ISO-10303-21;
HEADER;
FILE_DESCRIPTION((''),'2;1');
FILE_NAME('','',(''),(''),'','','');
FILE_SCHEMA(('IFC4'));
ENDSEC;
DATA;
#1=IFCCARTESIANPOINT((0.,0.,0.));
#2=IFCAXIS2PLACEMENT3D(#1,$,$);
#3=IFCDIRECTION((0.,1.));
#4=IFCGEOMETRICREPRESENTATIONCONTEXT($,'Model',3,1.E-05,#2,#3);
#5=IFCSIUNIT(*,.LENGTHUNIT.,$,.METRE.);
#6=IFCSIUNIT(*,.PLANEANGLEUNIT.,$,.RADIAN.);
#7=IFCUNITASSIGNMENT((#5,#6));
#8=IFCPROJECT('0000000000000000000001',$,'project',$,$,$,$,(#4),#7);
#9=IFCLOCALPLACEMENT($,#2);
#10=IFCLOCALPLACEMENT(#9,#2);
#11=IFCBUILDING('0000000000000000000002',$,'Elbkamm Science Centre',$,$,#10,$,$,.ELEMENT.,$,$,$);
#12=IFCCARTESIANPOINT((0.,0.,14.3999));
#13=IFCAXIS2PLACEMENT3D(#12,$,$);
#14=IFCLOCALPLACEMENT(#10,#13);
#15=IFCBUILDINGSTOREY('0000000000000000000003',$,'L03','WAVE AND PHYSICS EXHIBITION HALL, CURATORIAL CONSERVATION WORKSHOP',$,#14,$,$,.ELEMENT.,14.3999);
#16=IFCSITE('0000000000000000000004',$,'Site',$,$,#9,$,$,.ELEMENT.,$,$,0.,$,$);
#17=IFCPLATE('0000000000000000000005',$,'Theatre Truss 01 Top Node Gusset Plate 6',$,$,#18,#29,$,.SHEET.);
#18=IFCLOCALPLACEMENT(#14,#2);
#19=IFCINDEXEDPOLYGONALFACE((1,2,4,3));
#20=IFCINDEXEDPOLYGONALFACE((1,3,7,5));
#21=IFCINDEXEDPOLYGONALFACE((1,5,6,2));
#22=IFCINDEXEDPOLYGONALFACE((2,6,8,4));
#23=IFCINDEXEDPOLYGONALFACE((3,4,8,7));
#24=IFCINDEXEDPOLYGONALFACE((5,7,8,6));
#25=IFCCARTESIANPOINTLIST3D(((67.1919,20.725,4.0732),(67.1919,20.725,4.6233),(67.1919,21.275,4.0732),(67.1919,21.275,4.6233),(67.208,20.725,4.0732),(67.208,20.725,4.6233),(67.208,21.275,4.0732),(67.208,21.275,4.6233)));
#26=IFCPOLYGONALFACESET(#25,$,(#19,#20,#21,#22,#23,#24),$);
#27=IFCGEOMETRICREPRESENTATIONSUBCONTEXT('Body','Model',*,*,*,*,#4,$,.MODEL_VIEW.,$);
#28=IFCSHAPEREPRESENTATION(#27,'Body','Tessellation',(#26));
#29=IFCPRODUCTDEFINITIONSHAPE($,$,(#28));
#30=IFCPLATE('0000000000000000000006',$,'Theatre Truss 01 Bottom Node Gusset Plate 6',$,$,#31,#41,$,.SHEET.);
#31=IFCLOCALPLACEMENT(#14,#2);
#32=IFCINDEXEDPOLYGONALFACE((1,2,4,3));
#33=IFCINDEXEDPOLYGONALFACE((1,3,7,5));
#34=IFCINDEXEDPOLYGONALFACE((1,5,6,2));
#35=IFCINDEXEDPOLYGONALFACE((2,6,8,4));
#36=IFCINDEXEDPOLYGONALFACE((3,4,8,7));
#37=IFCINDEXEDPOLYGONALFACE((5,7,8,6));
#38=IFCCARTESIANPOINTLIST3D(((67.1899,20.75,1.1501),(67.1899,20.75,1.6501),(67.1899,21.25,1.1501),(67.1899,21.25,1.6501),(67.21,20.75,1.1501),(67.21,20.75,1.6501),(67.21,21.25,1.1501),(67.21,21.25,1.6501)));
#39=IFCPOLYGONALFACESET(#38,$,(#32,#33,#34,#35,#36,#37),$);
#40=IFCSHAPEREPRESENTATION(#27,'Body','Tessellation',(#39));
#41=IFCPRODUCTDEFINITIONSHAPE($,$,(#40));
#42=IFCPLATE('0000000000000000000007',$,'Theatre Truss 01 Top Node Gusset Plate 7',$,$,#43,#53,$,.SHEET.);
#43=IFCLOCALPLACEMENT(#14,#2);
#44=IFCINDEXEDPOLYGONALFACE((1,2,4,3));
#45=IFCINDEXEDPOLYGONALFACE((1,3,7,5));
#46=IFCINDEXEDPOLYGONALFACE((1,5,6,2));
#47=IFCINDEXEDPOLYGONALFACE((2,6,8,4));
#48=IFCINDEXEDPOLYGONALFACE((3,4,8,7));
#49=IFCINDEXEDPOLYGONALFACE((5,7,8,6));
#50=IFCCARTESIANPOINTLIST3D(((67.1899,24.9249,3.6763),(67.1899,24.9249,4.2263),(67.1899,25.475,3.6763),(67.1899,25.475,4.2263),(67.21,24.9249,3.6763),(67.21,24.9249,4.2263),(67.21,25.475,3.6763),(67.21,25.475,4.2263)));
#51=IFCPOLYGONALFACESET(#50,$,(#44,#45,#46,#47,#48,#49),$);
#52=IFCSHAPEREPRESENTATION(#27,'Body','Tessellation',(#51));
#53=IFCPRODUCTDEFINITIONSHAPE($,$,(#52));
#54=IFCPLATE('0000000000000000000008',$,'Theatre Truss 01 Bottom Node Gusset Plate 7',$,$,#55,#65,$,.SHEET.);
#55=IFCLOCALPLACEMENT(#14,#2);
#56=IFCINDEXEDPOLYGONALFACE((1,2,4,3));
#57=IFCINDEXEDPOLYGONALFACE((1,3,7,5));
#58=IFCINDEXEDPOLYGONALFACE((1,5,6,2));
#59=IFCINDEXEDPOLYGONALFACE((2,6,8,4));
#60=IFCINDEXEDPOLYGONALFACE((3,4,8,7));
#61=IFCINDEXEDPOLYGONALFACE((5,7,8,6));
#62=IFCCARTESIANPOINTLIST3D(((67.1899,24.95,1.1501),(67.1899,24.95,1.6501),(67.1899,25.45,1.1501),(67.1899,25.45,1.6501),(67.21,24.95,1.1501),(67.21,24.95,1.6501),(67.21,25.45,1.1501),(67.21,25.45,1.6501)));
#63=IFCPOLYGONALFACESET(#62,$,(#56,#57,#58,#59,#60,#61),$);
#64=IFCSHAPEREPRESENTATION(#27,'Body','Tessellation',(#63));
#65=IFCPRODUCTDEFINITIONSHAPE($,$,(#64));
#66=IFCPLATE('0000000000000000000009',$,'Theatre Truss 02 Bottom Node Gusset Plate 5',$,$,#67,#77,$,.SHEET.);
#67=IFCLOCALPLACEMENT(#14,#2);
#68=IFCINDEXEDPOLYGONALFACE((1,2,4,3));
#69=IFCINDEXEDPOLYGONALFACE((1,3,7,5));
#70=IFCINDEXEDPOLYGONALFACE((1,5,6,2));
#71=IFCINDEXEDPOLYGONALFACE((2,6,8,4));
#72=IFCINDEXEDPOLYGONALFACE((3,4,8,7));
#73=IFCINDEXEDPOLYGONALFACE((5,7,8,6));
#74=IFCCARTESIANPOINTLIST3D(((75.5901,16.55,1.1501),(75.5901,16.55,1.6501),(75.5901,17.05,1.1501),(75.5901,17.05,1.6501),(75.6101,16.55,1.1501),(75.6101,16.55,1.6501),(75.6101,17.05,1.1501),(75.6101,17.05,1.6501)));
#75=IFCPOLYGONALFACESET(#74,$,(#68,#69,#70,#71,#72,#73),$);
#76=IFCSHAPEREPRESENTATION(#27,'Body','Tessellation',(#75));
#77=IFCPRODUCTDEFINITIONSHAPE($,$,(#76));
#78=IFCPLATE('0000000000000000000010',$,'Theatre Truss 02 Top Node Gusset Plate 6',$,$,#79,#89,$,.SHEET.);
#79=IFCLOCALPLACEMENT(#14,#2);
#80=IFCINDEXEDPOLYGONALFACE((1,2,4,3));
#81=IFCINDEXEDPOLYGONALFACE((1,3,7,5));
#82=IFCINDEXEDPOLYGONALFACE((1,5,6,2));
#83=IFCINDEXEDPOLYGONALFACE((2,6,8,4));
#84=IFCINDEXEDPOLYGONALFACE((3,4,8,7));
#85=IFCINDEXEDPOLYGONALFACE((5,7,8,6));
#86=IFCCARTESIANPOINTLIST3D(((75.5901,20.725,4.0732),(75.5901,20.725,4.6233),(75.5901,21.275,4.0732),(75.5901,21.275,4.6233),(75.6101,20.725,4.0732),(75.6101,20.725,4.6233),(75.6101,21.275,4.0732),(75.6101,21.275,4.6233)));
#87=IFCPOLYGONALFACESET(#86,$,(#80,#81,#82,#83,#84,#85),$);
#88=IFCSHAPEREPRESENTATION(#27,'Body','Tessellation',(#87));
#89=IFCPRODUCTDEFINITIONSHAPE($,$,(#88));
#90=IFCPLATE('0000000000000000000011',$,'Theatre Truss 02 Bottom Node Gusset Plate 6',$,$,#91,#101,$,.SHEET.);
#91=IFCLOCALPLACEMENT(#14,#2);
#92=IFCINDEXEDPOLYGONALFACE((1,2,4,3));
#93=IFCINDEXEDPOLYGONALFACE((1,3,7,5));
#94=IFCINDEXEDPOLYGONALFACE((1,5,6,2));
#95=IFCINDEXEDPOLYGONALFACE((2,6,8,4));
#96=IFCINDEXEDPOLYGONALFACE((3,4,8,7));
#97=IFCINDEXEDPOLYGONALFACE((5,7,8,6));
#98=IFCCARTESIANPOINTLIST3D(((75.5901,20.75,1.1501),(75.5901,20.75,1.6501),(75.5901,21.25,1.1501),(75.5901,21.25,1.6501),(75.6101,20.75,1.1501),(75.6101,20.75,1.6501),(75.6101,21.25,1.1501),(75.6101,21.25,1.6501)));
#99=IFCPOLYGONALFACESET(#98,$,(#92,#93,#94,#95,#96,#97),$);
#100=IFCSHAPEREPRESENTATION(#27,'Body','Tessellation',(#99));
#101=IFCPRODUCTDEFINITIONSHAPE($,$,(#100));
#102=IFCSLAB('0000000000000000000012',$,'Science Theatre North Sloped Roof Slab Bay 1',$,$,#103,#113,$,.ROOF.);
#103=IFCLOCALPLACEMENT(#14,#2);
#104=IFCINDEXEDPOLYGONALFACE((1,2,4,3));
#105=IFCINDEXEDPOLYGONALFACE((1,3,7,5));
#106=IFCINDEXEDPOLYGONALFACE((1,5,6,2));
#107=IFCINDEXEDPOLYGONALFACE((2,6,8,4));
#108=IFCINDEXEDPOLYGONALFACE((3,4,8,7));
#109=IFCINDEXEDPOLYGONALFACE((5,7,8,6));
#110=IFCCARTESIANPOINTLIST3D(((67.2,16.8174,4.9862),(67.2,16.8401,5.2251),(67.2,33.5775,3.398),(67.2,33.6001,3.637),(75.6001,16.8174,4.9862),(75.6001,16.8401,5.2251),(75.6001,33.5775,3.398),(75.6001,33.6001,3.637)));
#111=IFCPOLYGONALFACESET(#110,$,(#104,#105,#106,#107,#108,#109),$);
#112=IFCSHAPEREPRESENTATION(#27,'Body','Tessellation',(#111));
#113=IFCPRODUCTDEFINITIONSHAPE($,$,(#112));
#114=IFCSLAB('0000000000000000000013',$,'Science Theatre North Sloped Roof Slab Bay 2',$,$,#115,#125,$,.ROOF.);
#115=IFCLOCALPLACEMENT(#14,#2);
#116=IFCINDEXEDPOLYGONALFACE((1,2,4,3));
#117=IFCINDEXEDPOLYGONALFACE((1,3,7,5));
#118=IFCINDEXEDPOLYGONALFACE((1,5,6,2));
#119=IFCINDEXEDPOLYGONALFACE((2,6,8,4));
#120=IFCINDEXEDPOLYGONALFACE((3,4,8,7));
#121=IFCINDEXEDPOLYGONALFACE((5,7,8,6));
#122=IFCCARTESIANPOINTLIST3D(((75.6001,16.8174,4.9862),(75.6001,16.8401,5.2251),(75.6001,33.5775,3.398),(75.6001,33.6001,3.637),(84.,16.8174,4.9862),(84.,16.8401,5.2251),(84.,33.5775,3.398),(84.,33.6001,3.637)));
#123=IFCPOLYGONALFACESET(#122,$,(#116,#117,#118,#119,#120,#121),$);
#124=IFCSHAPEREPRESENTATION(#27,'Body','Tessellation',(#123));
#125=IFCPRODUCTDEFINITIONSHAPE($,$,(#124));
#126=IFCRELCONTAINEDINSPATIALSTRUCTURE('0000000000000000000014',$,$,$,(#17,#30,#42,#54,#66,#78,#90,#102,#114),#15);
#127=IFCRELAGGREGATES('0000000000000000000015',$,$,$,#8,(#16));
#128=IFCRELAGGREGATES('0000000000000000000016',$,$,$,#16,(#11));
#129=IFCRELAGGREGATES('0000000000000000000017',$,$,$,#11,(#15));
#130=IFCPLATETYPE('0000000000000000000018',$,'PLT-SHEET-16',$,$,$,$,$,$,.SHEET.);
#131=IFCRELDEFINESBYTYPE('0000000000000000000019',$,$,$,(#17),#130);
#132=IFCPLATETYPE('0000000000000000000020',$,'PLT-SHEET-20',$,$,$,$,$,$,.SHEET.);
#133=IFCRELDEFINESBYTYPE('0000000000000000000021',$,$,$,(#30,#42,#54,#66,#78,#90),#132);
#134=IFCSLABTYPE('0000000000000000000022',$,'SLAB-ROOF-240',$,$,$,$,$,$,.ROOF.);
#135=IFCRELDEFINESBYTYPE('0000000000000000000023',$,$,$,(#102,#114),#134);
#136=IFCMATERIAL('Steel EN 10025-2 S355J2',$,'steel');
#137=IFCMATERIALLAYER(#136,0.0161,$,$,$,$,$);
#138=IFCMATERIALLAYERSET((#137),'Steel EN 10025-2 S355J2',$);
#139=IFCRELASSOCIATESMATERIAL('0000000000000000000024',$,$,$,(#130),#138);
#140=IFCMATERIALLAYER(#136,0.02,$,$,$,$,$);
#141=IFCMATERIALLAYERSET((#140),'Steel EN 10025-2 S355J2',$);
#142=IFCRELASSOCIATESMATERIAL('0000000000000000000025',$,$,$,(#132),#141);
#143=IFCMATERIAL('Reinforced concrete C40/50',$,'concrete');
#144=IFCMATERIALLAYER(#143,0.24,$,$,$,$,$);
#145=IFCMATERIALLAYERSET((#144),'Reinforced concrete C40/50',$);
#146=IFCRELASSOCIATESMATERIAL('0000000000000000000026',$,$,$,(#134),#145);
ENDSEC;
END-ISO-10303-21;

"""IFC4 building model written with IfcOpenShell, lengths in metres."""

from ifc_helpers import new_model, si_unit, direction, frame, origin, origin_2d, place, context, subcontext, project, spatial, polyline, rectangle, outline, extrude, material, layer, layer_set, type_object, element, save


model = new_model("IFC4")

# Units and contexts
model_context = context("Model", 3, precision=1e-05, world=origin(), true_north=direction((0.0, 1.0)))
body_context = subcontext(model_context, "Body", "Model", "MODEL_VIEW")
ifc_project = project(units=[si_unit("LENGTHUNIT", "METRE"), si_unit("PLANEANGLEUNIT", "RADIAN")], contexts=[model_context])

# Site, building, storey
site_placement = place(None, origin())
site = spatial("IfcSite", under=ifc_project, at=site_placement, Name="Site", CompositionType="ELEMENT", RefElevation=0.0)
building_placement = place(site_placement, origin())
building = spatial("IfcBuilding", under=site, at=building_placement, Name="Elbkamm Science Centre", CompositionType="ELEMENT")
storey_placement = place(building_placement, frame((0.0, 0.0, 14.3999)))
storey = spatial("IfcBuildingStorey", under=building, at=storey_placement, Name="L03", Description="WAVE AND PHYSICS EXHIBITION HALL, CURATORIAL CONSERVATION WORKSHOP", CompositionType="ELEMENT", Elevation=14.3999)

# Shared definitions
ifc_material_1 = material(Name="Steel EN 10025-2 S355J2", Category="steel")

# Plates
ifc_layer_1 = layer(ifc_material_1, 0.0161)
ifc_layer_set_1 = layer_set([ifc_layer_1], Name="Steel EN 10025-2 S355J2")
plate_type_1 = type_object("IfcPlateType", Name="PLT-SHEET-16", PredefinedType="SHEET", material=ifc_layer_set_1)
plate_1_placement = place(storey_placement, frame((67.2, 21.0, 4.0732), z_axis=(0.0, 0.0, 1.0), x_axis=(1.0, 0.0, 0.0)))
element("IfcPlate", 1, at=plate_1_placement, inside=storey, type_object=plate_type_1, Name="Theatre Truss 01 Top Node Gusset Plate 6", PredefinedType="SHEET", context=body_context, shape_type="SweptSolid", body=[
    extrude(rectangle(XDim=0.0161, YDim=0.55, at=origin_2d()), origin(), (0.0, 0.0, 1.0), 0.55),
])
ifc_layer_2 = layer(ifc_material_1, 0.02)
ifc_layer_set_2 = layer_set([ifc_layer_2], Name="Steel EN 10025-2 S355J2")
plate_type_2 = type_object("IfcPlateType", Name="PLT-SHEET-20", PredefinedType="SHEET", material=ifc_layer_set_2)
plate_2_placement = place(storey_placement, frame((67.2, 21.0, 1.1501), z_axis=(0.0, 0.0, 1.0), x_axis=(1.0, 0.0, 0.0)))
element("IfcPlate", 2, at=plate_2_placement, inside=storey, type_object=plate_type_2, Name="Theatre Truss 01 Bottom Node Gusset Plate 6", PredefinedType="SHEET", context=body_context, shape_type="SweptSolid", body=[
    extrude(rectangle(XDim=0.02, YDim=0.5, at=origin_2d()), origin(), (0.0, 0.0, 1.0), 0.5),
])
plate_3_placement = place(storey_placement, frame((67.2, 25.2, 3.6763), z_axis=(0.0, 0.0, 1.0), x_axis=(1.0, 0.0, 0.0)))
element("IfcPlate", 3, at=plate_3_placement, inside=storey, type_object=plate_type_2, Name="Theatre Truss 01 Top Node Gusset Plate 7", PredefinedType="SHEET", context=body_context, shape_type="SweptSolid", body=[
    extrude(rectangle(XDim=0.02, YDim=0.55, at=origin_2d()), origin(), (0.0, 0.0, 1.0), 0.55),
])
for number, where, z_axis, x_axis, name in (
    (4, (67.2, 25.2, 1.1501), (0.0, 0.0, 1.0), (1.0, 0.0, 0.0), "Theatre Truss 01 Bottom Node Gusset Plate 7"),
    (5, (75.6001, 16.8, 1.1501), (0.0, 0.0, 1.0), (1.0, 0.0, 0.0), "Theatre Truss 02 Bottom Node Gusset Plate 5"),
):
    element("IfcPlate", number, at=place(storey_placement, frame(where, z_axis=z_axis, x_axis=x_axis)), inside=storey, type_object=plate_type_2, Name=name, PredefinedType="SHEET", context=body_context, shape_type="SweptSolid", body=[
        extrude(rectangle(XDim=0.02, YDim=0.5, at=origin_2d()), origin(), (0.0, 0.0, 1.0), 0.5),
    ])
plate_4_placement = place(storey_placement, frame((75.6001, 21.0, 4.0732), z_axis=(0.0, 0.0, 1.0), x_axis=(1.0, 0.0, 0.0)))
element("IfcPlate", 6, at=plate_4_placement, inside=storey, type_object=plate_type_2, Name="Theatre Truss 02 Top Node Gusset Plate 6", PredefinedType="SHEET", context=body_context, shape_type="SweptSolid", body=[
    extrude(rectangle(XDim=0.02, YDim=0.55, at=origin_2d()), origin(), (0.0, 0.0, 1.0), 0.55),
])
plate_5_placement = place(storey_placement, frame((75.6001, 21.0, 1.1501), z_axis=(0.0, 0.0, 1.0), x_axis=(1.0, 0.0, 0.0)))
element("IfcPlate", 7, at=plate_5_placement, inside=storey, type_object=plate_type_2, Name="Theatre Truss 02 Bottom Node Gusset Plate 6", PredefinedType="SHEET", context=body_context, shape_type="SweptSolid", body=[
    extrude(rectangle(XDim=0.02, YDim=0.5, at=origin_2d()), origin(), (0.0, 0.0, 1.0), 0.5),
])

# Slabs
ifc_material_2 = material(Name="Reinforced concrete C40/50", Category="concrete")
ifc_layer_3 = layer(ifc_material_2, 0.24)
ifc_layer_set_3 = layer_set([ifc_layer_3], Name="Reinforced concrete C40/50")
slab_type = type_object("IfcSlabType", Name="SLAB-ROOF-240", PredefinedType="ROOF", material=ifc_layer_set_3)
slab_1_placement = place(storey_placement, frame((67.2, 16.8401, 5.2251), z_axis=(0.0, 0.094335, 0.995541), x_axis=(1.0, 0.0, 0.0)))
element("IfcSlab", 8, at=slab_1_placement, inside=storey, type_object=slab_type, Name="Science Theatre North Sloped Roof Slab Bay 1", PredefinedType="ROOF", context=body_context, shape_type="SweptSolid", body=[
    extrude(outline(polyline([(0.0, 0.0), (8.4001, 0.0), (8.4001, 16.8351), (0.0, 16.8351), (0.0, 0.0)])), origin(), (0.0, 0.0, -1.0), 0.24),
])
slab_2_placement = place(storey_placement, frame((75.6001, 16.8401, 5.2251), z_axis=(0.0, 0.094335, 0.995541), x_axis=(1.0, 0.0, 0.0)))
element("IfcSlab", 9, at=slab_2_placement, inside=storey, type_object=slab_type, Name="Science Theatre North Sloped Roof Slab Bay 2", PredefinedType="ROOF", context=body_context, shape_type="SweptSolid", body=[
    extrude(outline(polyline([(0.0, 0.0), (8.3999, 0.0), (8.3999, 16.8351), (0.0, 16.8351), (0.0, 0.0)])), origin(), (0.0, 0.0, -1.0), 0.24),
])

save(model, "model.ifc")
